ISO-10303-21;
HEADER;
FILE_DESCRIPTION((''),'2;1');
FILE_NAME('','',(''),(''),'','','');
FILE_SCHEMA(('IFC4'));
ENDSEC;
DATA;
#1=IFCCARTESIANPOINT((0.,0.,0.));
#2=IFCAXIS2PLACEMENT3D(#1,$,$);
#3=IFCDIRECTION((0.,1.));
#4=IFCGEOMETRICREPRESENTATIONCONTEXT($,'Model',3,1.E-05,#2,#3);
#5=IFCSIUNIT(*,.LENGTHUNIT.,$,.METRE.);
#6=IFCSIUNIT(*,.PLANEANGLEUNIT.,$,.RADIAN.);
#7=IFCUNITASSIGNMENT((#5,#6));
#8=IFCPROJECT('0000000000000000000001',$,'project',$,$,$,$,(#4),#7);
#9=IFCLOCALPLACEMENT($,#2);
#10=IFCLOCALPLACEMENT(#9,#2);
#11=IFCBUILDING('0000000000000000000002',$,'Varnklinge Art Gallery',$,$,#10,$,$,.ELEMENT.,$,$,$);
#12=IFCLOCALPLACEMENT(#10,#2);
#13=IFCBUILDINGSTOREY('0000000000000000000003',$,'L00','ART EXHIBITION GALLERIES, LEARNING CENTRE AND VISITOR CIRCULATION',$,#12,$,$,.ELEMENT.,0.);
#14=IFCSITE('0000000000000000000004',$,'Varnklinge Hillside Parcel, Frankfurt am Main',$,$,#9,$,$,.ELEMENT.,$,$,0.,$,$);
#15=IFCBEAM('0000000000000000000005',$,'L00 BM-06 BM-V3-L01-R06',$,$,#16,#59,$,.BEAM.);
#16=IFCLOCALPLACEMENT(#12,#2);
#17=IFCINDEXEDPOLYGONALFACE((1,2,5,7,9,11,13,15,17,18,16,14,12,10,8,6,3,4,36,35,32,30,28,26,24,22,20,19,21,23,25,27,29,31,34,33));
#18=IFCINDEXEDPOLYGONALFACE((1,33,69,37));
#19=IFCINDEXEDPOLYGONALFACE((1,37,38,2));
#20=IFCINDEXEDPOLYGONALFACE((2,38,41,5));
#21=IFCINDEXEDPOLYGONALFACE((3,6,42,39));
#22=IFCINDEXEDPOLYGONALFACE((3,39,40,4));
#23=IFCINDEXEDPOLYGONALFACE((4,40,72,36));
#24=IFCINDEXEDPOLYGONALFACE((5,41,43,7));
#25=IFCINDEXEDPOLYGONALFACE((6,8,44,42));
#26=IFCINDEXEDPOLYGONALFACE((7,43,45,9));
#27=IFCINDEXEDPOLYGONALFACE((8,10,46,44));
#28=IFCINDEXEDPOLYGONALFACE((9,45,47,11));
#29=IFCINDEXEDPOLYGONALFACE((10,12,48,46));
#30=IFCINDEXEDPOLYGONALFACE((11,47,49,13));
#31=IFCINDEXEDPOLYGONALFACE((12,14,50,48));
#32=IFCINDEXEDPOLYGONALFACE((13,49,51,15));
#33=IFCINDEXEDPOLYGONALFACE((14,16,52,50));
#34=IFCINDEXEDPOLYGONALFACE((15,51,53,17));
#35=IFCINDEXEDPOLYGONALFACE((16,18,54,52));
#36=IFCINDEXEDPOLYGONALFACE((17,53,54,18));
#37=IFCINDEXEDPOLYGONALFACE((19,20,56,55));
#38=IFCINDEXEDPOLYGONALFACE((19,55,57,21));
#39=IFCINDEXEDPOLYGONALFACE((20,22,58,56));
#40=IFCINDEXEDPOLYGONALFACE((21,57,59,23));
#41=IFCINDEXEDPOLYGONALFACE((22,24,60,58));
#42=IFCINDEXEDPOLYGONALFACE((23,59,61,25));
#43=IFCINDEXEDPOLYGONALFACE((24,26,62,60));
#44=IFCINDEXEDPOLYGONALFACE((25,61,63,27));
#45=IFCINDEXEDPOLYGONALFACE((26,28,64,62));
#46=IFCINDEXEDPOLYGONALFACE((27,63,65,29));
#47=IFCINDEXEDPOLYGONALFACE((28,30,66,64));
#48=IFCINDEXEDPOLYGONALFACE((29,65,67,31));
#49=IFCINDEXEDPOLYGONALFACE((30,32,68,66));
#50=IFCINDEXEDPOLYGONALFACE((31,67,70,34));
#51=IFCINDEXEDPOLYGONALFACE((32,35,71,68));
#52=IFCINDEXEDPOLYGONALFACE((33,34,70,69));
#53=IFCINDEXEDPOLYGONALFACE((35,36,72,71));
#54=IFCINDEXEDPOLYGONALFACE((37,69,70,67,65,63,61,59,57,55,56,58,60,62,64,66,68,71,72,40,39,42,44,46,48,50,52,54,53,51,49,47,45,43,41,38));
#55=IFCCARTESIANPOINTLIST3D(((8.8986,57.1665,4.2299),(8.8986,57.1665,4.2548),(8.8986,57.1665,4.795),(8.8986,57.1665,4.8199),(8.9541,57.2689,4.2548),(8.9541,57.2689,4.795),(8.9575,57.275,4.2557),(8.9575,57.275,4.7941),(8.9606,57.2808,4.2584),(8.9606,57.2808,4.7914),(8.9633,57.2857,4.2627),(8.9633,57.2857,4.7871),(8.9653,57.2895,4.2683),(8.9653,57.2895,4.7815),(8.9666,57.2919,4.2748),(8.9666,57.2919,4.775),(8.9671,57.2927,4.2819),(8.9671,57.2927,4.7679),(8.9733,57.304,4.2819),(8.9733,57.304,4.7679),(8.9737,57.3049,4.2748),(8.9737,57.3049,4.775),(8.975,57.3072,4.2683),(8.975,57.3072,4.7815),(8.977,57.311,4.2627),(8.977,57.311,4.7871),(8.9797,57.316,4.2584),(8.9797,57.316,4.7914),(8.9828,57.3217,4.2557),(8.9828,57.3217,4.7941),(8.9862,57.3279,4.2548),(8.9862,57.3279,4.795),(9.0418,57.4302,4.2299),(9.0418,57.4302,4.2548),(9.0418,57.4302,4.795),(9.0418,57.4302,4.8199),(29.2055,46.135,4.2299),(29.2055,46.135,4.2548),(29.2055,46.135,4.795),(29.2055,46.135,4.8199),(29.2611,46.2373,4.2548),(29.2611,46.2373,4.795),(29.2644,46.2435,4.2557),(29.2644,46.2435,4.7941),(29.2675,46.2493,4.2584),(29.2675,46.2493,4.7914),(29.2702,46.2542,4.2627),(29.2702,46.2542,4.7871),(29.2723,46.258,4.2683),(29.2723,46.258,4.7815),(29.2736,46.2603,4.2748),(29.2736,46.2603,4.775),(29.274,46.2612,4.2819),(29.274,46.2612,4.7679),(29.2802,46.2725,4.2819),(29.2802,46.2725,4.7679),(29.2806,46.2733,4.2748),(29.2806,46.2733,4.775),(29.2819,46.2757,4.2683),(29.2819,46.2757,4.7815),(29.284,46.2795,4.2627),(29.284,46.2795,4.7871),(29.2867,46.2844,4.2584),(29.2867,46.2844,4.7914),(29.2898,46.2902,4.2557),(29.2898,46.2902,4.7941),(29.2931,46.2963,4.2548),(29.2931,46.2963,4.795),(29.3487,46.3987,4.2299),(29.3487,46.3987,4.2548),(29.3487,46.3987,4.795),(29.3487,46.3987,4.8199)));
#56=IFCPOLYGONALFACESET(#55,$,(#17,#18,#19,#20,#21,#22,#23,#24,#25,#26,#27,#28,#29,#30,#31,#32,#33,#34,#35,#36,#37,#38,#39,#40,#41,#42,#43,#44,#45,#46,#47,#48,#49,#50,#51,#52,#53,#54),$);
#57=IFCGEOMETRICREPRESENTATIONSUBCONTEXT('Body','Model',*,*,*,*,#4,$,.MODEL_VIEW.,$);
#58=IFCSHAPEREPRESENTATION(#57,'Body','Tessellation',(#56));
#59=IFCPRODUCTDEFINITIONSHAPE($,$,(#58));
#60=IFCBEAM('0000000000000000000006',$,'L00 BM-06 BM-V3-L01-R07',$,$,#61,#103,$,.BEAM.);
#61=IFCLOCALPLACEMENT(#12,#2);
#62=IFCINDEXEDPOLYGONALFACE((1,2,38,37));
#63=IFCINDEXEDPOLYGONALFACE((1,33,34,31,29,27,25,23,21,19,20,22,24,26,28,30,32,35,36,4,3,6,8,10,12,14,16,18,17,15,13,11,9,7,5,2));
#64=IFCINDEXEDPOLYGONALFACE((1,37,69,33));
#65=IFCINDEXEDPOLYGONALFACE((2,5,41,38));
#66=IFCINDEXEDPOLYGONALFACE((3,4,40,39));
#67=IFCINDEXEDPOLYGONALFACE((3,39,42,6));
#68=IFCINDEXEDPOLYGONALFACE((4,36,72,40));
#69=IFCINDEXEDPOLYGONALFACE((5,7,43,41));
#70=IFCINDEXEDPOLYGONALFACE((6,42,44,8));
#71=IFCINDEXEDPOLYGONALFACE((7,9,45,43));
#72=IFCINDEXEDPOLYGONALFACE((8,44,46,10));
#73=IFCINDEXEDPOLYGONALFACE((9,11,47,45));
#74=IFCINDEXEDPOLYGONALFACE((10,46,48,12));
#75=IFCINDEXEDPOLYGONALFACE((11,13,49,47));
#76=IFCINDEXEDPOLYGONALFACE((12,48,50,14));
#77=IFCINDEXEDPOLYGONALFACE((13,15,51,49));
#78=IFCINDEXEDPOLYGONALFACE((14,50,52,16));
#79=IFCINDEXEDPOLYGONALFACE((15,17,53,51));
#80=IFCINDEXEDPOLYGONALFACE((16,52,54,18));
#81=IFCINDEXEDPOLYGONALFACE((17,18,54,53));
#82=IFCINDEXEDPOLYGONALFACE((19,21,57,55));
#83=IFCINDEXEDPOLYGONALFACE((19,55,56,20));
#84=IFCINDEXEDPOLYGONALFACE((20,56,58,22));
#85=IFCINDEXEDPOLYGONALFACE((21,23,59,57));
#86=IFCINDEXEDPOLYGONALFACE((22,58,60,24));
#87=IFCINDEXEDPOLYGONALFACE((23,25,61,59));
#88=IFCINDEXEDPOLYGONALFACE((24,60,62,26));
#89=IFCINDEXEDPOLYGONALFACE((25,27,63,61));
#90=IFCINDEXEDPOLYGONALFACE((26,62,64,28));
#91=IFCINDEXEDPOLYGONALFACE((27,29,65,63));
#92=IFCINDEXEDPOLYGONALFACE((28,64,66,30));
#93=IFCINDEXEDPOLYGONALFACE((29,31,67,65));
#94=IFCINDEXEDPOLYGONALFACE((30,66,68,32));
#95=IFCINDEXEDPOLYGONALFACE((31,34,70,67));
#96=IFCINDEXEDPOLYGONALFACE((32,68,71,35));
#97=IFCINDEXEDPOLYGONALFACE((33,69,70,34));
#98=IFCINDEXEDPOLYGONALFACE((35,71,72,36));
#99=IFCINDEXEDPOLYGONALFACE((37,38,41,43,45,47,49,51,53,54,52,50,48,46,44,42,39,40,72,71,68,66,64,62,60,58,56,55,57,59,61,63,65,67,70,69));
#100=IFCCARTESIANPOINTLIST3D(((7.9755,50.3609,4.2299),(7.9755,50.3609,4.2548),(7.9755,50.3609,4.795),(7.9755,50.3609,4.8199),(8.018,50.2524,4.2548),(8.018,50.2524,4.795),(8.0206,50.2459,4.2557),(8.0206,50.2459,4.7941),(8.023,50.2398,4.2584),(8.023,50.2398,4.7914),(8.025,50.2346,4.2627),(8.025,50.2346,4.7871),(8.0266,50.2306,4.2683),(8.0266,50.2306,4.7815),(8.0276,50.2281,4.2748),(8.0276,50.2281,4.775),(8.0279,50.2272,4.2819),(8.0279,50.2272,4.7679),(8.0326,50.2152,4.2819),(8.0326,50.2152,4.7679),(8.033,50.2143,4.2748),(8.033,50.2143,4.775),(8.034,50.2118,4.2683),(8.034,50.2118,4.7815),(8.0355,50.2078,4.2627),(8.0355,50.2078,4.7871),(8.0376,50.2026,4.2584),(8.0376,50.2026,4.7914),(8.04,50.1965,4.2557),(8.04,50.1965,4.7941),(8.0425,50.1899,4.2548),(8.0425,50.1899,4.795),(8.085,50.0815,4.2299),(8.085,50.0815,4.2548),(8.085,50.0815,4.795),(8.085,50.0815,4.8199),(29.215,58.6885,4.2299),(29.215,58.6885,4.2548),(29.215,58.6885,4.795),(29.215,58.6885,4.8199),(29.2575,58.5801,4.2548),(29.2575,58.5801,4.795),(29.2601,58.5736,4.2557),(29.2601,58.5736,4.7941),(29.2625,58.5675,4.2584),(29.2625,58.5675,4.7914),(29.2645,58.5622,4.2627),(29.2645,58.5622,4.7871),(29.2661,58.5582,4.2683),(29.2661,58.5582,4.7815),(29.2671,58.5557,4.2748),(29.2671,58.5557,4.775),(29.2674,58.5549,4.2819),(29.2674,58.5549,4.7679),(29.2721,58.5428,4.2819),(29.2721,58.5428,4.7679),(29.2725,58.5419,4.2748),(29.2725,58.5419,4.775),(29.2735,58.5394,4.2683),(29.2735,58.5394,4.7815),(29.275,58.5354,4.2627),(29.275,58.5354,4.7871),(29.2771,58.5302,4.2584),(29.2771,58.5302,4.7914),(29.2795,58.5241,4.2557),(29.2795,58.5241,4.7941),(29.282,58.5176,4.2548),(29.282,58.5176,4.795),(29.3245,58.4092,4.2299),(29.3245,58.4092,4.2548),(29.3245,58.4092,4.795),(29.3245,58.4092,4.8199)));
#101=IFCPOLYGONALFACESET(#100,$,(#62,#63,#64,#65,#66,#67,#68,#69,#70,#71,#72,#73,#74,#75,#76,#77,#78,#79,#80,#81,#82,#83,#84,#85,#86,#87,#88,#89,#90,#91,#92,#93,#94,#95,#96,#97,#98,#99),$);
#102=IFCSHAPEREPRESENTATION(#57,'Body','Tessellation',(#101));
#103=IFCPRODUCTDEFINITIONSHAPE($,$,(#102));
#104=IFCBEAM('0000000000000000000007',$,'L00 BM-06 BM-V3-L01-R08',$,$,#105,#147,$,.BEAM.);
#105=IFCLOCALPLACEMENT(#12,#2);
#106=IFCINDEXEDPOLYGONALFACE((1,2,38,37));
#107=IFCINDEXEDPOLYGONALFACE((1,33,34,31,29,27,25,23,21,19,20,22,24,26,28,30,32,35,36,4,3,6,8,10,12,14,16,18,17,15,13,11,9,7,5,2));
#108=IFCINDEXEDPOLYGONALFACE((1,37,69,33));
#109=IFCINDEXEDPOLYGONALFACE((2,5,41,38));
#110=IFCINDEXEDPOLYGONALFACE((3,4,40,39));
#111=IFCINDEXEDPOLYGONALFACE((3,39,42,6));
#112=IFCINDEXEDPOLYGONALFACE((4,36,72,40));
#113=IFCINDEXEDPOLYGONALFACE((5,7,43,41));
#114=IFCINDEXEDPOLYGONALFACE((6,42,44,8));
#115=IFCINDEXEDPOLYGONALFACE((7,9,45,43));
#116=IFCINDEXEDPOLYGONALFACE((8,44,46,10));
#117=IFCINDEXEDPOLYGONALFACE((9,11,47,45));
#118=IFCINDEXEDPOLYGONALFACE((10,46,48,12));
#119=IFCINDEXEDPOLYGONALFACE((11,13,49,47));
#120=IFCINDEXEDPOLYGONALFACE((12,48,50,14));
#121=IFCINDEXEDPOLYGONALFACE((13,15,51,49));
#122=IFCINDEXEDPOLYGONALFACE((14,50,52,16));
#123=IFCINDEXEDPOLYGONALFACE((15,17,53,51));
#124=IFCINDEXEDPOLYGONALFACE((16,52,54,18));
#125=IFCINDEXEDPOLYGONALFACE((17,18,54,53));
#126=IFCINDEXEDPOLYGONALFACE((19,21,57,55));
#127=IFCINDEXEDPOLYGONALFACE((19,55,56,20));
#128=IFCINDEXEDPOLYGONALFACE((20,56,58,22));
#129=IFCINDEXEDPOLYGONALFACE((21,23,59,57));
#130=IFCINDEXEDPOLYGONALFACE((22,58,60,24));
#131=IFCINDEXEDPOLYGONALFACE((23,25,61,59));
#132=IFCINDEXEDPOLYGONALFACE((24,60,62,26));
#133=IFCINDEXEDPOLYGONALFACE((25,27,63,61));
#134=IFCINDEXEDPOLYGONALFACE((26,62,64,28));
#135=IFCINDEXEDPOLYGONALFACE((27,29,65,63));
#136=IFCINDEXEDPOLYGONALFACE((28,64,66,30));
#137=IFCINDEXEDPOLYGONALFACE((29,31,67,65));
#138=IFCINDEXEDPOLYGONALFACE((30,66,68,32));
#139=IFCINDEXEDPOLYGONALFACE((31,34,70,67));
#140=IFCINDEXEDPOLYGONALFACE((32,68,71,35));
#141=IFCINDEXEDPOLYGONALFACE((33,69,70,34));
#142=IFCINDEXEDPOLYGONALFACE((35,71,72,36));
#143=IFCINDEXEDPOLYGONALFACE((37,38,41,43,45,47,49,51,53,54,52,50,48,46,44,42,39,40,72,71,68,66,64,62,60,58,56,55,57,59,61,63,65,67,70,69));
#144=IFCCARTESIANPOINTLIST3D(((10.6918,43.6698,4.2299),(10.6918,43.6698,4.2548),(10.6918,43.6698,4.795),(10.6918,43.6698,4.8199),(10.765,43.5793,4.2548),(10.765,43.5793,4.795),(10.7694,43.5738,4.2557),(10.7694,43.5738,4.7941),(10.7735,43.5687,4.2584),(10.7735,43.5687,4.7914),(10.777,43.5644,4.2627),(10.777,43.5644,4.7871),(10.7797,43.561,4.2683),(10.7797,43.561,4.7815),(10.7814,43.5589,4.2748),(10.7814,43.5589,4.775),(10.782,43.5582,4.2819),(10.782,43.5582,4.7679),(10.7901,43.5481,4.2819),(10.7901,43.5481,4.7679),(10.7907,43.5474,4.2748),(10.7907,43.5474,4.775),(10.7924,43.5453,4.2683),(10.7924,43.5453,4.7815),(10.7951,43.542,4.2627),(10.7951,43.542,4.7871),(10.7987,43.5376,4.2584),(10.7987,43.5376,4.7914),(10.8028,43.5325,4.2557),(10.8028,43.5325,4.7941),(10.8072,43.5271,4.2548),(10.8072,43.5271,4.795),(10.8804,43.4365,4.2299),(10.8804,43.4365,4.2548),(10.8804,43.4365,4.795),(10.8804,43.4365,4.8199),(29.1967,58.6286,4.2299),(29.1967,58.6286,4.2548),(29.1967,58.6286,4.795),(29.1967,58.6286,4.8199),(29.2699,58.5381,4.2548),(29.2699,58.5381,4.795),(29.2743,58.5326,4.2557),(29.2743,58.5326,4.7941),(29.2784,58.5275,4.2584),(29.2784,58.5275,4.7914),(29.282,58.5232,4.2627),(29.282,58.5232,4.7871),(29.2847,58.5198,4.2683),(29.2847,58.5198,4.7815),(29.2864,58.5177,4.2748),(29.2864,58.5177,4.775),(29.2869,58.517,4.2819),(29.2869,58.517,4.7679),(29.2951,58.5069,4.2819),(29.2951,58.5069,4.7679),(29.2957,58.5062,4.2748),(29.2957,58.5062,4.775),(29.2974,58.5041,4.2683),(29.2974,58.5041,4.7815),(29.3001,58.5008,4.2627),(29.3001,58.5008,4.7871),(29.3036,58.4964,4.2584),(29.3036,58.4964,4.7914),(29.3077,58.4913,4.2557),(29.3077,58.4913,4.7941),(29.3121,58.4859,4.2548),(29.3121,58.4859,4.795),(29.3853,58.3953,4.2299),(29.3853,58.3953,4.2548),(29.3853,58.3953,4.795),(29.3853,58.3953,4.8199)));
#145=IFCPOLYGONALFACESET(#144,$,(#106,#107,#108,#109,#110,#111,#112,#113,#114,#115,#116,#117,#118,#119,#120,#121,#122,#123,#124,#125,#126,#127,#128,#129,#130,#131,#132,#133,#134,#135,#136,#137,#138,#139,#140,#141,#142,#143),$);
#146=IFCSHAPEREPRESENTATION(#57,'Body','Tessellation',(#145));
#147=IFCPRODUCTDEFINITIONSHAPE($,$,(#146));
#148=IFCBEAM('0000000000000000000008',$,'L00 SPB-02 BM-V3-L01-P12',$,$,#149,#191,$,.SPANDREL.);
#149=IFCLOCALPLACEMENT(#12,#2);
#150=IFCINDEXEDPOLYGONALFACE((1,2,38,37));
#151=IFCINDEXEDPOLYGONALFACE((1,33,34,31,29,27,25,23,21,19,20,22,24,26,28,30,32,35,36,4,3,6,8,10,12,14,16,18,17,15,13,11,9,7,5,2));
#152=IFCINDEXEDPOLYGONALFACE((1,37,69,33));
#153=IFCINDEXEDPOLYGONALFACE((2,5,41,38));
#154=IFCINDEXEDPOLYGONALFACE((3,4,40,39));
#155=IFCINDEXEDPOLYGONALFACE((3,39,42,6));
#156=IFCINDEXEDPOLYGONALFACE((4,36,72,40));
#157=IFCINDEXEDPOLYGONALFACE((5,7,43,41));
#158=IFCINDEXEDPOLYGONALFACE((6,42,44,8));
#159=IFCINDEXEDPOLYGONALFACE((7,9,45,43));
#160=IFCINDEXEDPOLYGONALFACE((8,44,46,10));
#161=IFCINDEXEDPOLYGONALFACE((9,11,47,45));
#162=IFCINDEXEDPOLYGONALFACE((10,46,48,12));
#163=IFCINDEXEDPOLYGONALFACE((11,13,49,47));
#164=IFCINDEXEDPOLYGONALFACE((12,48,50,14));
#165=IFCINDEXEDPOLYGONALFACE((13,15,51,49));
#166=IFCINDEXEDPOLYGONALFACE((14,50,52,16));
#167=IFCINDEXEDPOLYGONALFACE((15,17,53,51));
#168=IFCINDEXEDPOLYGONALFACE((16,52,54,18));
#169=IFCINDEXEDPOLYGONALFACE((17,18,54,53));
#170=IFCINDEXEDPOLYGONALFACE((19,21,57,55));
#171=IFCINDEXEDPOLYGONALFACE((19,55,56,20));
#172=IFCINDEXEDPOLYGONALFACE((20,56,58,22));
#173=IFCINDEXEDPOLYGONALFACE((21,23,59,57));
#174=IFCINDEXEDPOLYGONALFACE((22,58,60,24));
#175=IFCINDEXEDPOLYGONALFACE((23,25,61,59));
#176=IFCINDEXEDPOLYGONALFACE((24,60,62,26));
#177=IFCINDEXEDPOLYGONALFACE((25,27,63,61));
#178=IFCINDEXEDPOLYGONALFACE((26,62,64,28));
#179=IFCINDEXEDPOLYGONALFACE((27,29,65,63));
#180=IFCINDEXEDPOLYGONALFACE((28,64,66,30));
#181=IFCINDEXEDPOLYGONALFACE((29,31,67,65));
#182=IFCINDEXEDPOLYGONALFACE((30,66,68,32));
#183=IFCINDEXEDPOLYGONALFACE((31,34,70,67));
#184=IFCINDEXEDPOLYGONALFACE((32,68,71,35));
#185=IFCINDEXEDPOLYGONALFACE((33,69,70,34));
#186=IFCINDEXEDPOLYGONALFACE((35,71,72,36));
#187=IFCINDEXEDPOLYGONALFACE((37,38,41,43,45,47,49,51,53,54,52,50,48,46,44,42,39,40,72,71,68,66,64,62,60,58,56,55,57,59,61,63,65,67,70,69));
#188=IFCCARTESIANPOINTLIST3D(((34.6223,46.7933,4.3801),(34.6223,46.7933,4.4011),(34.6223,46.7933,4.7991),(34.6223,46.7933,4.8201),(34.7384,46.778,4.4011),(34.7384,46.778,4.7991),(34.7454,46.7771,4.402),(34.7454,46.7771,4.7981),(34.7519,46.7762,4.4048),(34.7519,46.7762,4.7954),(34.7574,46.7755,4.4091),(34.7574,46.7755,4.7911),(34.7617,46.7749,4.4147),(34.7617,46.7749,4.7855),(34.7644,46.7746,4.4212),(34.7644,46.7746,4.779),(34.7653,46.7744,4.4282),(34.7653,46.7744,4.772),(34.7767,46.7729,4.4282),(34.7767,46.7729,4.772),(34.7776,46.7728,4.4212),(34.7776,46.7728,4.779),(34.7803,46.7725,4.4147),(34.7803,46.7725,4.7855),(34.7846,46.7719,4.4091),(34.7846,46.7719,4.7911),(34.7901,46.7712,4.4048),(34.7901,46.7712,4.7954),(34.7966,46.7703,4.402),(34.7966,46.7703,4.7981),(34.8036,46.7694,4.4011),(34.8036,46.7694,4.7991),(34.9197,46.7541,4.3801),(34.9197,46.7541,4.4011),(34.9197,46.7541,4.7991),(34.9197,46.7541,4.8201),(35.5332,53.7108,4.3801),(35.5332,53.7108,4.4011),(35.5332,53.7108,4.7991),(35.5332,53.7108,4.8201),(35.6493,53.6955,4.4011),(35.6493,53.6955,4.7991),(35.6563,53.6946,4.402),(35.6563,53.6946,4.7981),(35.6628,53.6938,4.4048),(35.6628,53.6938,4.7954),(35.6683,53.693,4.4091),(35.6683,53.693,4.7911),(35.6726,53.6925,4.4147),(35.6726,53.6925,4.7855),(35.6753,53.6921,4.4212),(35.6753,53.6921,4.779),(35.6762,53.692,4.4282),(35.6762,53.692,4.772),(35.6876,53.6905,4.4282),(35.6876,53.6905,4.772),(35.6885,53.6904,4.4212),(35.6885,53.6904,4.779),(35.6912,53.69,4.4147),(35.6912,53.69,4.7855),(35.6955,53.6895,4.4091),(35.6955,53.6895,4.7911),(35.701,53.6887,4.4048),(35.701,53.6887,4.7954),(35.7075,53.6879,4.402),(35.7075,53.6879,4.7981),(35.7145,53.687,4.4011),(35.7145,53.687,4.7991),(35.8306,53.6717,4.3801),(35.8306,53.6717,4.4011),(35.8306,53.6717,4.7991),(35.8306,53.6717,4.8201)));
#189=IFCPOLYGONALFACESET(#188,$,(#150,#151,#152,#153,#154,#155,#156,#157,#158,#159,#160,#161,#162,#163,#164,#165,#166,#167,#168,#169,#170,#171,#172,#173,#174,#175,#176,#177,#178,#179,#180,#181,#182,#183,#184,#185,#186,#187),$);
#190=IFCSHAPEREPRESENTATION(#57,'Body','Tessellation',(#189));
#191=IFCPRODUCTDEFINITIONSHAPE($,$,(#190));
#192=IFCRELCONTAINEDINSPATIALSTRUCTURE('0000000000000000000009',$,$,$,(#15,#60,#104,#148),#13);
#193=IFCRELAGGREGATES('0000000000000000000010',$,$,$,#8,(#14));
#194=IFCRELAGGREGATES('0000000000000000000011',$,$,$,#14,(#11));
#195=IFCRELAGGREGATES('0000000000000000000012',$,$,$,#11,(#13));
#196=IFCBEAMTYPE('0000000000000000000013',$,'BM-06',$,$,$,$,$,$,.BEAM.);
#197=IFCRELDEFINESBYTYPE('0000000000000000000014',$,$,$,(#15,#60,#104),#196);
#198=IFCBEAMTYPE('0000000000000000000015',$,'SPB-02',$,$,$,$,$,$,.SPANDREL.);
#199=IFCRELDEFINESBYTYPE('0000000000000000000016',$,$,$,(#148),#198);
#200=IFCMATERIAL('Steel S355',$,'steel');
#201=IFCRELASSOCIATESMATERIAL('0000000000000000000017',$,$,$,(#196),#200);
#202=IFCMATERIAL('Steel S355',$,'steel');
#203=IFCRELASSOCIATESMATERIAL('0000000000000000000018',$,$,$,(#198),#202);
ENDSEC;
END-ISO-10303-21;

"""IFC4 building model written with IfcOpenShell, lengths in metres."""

from ifc_helpers import new_model, si_unit, direction, frame, origin, origin_2d, place, context, subcontext, project, spatial, i_section, extrude, material, material_profile, profile_set, type_object, element, save


model = new_model("IFC4")

# Units and contexts
model_context = context("Model", 3, precision=1e-05, world=origin(), true_north=direction((0.0, 1.0)))
body_context = subcontext(model_context, "Body", "Model", "MODEL_VIEW")
ifc_project = project(units=[si_unit("LENGTHUNIT", "METRE"), si_unit("PLANEANGLEUNIT", "RADIAN")], contexts=[model_context])

# Site, building, storey
site_placement = place(None, origin())
site = spatial("IfcSite", under=ifc_project, at=site_placement, Name="Varnklinge Hillside Parcel, Frankfurt am Main", CompositionType="ELEMENT", RefElevation=0.0)
building_placement = place(site_placement, origin())
building = spatial("IfcBuilding", under=site, at=building_placement, Name="Varnklinge Art Gallery", CompositionType="ELEMENT")
storey_placement = place(building_placement, origin())
storey = spatial("IfcBuildingStorey", under=building, at=storey_placement, Name="L00", Description="ART EXHIBITION GALLERIES, LEARNING CENTRE AND VISITOR CIRCULATION", CompositionType="ELEMENT", Elevation=0.0)

# Beams
ifc_material_1 = material(Name="Steel S355", Category="steel")
ifc_material_profile_1 = material_profile(ifc_material_1, i_section(OverallWidth=0.3, OverallDepth=0.5901, WebThickness=0.0129, FlangeThickness=0.0249, FilletRadius=0.0271, at=origin_2d()), Name="HEA 600")
ifc_profile_set_1 = profile_set([ifc_material_profile_1], Name="Steel S355")
beam_type_1 = type_object("IfcBeamType", Name="BM-06", PredefinedType="BEAM", material=ifc_profile_set_1)
beam_1_placement = place(storey_placement, frame((29.2771, 46.2668, 4.5249), z_axis=(-0.878713, 0.477351, 0.0), x_axis=(-0.477351, -0.878713, 0.0)))
element("IfcBeam", 1, at=beam_1_placement, inside=storey, type_object=beam_type_1, Name="L00 BM-06 BM-V3-L01-R06", PredefinedType="BEAM", context=body_context, shape_type="SweptSolid", body=[
    extrude(i_section(OverallWidth=0.3, OverallDepth=0.5901, WebThickness=0.0129, FlangeThickness=0.0249, FilletRadius=0.0271, at=origin_2d()), origin(), (0.0, 0.0, 1.0), 23.1099),
])
beam_2_placement = place(storey_placement, frame((29.2698, 58.5488, 4.5249), z_axis=(-0.930997, -0.365028, 0.0), x_axis=(0.365028, -0.930997, 0.0)))
element("IfcBeam", 2, at=beam_2_placement, inside=storey, type_object=beam_type_1, Name="L00 BM-06 BM-V3-L01-R07", PredefinedType="BEAM", context=body_context, shape_type="SweptSolid", body=[
    extrude(i_section(OverallWidth=0.3, OverallDepth=0.5901, WebThickness=0.0129, FlangeThickness=0.0249, FilletRadius=0.0271, at=origin_2d()), origin(), (0.0, 0.0, 1.0), 22.8137),
])
beam_3_placement = place(storey_placement, frame((29.291, 58.512, 4.5249), z_axis=(-0.777685, -0.628655, 0.0), x_axis=(0.628655, -0.777685, 0.0)))
element("IfcBeam", 3, at=beam_3_placement, inside=storey, type_object=beam_type_1, Name="L00 BM-06 BM-V3-L01-R08", PredefinedType="BEAM", context=body_context, shape_type="SweptSolid", body=[
    extrude(i_section(OverallWidth=0.3, OverallDepth=0.5901, WebThickness=0.0129, FlangeThickness=0.0249, FilletRadius=0.0271, at=origin_2d()), origin(), (0.0, 0.0, 1.0), 23.7949),
])
ifc_material_2 = material(Name="Steel S355", Category="steel")
ifc_material_profile_2 = material_profile(ifc_material_2, i_section(OverallWidth=0.3, OverallDepth=0.4399, WebThickness=0.0115, FlangeThickness=0.021, FilletRadius=0.0271, at=origin_2d()), Name="HEA 450")
ifc_profile_set_2 = profile_set([ifc_material_profile_2], Name="Steel S355")
beam_type_2 = type_object("IfcBeamType", Name="SPB-02", PredefinedType="SPANDREL", material=ifc_profile_set_2)
beam_4_placement = place(storey_placement, frame((34.771, 46.7737, 4.6001), z_axis=(0.130552, 0.991441, 0.0), x_axis=(-0.991441, 0.130552, 0.0)))
element("IfcBeam", 4, at=beam_4_placement, inside=storey, type_object=beam_type_2, Name="L00 SPB-02 BM-V3-L01-P12", PredefinedType="SPANDREL", context=body_context, shape_type="SweptSolid", body=[
    extrude(i_section(OverallWidth=0.3, OverallDepth=0.4399, WebThickness=0.0115, FlangeThickness=0.021, FilletRadius=0.0271, at=origin_2d()), origin(), (0.0, 0.0, 1.0), 6.9773),
])

save(model, "model.ifc")
